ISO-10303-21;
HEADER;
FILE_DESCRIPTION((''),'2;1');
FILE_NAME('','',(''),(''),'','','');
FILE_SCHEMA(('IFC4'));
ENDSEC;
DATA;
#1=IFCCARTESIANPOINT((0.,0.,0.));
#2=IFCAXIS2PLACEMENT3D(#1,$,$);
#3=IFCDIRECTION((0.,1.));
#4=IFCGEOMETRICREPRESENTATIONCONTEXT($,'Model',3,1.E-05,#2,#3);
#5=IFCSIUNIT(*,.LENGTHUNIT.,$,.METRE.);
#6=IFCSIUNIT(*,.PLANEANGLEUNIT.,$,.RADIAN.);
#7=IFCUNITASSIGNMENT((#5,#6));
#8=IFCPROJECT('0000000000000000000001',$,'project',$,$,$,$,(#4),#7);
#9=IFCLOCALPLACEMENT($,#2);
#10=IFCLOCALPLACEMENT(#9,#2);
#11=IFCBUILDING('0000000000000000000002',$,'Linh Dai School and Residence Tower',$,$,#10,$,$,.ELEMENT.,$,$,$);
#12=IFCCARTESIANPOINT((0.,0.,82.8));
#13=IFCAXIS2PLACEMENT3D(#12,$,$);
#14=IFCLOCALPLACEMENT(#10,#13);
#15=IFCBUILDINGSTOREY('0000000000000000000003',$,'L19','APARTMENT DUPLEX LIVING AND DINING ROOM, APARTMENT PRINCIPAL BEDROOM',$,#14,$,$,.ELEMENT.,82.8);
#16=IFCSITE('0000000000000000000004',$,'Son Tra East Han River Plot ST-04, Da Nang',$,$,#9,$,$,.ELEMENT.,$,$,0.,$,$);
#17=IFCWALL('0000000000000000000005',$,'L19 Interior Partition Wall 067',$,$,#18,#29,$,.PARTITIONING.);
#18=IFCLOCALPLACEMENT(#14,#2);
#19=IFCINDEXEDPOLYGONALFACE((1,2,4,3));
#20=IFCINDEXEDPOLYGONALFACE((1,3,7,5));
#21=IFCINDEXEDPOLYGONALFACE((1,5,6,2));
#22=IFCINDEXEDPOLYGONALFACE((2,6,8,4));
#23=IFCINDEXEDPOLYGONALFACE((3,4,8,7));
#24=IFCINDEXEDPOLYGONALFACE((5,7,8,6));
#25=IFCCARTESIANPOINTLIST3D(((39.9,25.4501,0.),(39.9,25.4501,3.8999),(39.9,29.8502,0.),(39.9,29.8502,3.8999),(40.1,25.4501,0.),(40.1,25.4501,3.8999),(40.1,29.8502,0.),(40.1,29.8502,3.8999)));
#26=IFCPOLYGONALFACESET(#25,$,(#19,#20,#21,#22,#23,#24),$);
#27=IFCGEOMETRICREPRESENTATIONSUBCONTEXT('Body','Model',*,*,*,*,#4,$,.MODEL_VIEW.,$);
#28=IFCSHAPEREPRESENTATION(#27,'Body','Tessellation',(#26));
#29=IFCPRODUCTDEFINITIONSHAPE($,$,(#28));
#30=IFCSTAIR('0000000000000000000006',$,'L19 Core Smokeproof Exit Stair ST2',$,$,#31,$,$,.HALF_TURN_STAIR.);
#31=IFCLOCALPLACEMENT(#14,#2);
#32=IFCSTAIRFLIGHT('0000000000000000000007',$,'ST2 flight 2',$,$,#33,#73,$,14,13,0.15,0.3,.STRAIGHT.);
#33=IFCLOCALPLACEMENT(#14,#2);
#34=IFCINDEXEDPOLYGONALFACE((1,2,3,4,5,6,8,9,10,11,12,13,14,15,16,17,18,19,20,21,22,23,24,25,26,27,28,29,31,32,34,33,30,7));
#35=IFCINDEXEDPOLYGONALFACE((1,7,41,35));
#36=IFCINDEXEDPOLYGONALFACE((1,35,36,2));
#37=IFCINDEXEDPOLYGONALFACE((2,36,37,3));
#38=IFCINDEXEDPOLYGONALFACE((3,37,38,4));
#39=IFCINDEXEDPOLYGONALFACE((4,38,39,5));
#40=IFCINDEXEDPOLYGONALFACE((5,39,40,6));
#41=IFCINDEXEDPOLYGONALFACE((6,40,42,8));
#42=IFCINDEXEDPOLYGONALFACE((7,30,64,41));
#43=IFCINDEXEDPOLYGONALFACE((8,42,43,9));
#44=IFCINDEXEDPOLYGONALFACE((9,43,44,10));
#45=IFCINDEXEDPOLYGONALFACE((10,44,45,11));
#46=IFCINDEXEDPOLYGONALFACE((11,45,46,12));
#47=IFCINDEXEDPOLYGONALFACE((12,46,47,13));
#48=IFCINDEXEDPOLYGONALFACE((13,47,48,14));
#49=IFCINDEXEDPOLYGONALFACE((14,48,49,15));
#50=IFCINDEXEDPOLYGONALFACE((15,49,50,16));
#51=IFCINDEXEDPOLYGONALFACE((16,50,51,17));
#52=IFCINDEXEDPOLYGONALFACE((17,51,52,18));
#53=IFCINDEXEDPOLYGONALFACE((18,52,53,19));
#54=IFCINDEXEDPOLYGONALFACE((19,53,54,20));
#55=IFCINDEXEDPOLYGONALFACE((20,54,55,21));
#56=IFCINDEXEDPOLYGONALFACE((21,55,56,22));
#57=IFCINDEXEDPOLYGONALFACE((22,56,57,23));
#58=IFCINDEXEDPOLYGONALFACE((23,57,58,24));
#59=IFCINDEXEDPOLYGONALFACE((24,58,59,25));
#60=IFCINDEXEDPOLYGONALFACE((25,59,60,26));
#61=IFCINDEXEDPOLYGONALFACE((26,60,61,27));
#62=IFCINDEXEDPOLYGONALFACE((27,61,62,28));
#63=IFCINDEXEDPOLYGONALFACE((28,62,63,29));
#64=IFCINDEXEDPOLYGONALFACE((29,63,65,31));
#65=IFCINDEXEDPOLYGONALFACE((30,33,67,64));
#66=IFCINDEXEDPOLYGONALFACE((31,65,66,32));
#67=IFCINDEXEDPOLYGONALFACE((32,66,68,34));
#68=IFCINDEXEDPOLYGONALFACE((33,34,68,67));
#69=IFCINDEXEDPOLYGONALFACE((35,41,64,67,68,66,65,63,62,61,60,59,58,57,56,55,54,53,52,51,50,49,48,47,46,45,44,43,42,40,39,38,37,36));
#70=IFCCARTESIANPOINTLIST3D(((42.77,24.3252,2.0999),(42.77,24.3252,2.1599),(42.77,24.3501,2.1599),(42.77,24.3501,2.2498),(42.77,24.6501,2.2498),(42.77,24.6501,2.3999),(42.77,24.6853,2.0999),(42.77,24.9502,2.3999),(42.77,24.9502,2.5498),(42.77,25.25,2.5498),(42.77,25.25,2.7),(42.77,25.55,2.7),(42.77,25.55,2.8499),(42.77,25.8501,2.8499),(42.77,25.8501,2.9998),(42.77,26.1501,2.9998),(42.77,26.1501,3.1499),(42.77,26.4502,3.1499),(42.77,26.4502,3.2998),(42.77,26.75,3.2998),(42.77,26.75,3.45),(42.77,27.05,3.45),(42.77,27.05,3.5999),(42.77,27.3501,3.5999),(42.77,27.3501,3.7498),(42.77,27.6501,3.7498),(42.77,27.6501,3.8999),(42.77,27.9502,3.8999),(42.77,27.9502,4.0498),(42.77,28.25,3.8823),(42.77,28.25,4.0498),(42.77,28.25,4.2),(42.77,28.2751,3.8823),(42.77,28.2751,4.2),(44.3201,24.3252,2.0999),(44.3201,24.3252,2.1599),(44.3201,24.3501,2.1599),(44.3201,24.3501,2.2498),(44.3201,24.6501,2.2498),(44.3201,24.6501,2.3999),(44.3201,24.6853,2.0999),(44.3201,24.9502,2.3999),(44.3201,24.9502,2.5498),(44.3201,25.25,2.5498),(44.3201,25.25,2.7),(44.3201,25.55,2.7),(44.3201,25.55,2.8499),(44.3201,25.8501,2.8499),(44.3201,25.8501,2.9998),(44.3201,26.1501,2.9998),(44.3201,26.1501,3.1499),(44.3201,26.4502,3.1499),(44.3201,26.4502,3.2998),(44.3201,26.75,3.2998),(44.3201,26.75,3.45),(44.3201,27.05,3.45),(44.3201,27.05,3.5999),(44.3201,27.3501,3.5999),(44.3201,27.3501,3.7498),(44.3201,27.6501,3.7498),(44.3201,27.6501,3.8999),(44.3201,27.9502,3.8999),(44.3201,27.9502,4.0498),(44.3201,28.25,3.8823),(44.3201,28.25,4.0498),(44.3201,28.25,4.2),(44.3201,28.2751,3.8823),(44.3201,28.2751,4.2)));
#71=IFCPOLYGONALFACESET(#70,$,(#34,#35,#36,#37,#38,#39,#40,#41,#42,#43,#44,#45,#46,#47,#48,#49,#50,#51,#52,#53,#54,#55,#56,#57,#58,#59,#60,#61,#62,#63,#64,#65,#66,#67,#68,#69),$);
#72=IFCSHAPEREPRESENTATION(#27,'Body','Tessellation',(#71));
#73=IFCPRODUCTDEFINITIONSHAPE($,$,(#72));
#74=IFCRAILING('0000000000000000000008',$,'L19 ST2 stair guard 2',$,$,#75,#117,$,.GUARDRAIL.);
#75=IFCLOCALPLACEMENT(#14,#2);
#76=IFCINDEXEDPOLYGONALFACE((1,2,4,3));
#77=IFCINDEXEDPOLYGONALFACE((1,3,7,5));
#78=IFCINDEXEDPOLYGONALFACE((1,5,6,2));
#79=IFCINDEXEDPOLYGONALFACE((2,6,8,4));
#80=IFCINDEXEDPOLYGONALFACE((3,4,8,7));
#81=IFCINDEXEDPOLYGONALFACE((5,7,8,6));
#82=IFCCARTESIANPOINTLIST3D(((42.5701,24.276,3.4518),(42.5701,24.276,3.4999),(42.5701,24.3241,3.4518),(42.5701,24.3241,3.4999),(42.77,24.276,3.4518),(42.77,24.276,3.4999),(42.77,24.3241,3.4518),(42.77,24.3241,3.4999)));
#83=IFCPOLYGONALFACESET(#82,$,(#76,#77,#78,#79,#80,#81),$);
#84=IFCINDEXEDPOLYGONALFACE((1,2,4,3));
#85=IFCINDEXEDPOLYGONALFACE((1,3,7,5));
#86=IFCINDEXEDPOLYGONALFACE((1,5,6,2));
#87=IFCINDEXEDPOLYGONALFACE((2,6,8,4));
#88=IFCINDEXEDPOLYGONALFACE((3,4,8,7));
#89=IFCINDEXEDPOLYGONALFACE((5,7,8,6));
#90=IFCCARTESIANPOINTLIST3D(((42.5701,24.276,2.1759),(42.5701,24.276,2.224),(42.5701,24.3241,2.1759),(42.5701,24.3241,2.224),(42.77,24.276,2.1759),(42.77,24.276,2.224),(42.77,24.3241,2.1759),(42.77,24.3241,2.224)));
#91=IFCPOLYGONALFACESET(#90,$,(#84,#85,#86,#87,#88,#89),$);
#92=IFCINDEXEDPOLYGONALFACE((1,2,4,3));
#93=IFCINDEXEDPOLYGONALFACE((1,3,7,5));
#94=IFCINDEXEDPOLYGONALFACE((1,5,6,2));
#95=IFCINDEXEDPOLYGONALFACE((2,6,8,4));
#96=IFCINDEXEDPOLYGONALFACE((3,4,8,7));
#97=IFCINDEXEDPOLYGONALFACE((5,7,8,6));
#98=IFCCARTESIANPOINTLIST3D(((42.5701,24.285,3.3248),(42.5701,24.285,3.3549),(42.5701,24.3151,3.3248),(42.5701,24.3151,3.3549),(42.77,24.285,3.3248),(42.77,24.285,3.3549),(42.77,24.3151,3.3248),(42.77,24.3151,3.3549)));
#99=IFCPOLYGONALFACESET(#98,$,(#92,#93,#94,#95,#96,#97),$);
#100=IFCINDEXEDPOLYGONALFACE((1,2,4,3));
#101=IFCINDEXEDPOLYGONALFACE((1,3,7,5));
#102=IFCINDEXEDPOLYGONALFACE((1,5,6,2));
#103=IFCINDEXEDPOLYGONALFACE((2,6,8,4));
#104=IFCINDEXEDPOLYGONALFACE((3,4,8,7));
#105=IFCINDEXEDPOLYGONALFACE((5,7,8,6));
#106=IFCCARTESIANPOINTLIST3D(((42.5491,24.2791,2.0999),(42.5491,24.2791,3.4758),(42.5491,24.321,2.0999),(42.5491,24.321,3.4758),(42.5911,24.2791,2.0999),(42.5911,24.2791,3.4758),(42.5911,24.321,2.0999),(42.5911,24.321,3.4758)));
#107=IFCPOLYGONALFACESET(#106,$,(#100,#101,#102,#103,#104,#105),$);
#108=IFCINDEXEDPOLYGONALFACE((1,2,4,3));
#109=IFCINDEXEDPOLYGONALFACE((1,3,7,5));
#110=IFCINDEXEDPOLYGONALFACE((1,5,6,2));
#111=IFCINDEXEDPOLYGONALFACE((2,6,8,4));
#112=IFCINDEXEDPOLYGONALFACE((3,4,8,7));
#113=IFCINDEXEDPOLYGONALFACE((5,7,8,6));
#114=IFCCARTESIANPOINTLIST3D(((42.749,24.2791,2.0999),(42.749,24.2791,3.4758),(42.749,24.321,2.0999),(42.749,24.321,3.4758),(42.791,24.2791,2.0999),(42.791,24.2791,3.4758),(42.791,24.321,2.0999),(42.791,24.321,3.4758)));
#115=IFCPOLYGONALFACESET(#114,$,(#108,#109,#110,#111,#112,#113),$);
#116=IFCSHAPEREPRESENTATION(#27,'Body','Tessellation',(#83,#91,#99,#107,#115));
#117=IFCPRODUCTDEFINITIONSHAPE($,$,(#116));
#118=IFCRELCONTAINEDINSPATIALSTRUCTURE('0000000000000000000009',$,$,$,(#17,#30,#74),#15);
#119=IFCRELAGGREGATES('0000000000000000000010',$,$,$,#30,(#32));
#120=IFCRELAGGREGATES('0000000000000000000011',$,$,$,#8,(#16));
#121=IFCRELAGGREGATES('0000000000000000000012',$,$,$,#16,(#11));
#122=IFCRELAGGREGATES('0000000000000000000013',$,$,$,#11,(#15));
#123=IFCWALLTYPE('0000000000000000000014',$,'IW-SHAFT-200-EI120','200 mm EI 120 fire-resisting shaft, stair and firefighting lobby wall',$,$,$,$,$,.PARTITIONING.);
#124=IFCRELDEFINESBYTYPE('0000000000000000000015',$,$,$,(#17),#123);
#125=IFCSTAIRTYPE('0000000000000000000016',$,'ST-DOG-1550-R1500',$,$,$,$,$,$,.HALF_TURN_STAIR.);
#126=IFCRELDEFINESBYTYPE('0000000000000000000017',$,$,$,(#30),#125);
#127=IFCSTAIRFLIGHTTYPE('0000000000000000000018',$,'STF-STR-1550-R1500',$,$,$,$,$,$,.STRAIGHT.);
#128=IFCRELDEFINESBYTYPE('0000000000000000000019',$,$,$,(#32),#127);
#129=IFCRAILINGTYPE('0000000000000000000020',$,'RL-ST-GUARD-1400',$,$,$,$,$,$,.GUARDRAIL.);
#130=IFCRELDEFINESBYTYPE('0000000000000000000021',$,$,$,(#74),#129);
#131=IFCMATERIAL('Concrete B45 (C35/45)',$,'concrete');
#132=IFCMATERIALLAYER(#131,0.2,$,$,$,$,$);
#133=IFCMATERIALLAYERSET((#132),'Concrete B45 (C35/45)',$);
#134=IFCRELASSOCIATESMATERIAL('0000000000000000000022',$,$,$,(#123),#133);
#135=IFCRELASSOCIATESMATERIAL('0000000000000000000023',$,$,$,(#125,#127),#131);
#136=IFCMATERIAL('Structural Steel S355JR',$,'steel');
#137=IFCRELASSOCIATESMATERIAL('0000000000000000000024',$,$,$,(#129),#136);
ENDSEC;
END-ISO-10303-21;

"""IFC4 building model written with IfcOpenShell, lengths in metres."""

from ifc_helpers import new_model, si_unit, direction, frame, frame_2d, origin, origin_2d, place, context, subcontext, project, spatial, polyline, rectangle, outline, extrude, source, transform, mapped, material, layer, layer_set, type_object, element, aggregate, save


model = new_model("IFC4")

# Units and contexts
model_context = context("Model", 3, precision=1e-05, world=origin(), true_north=direction((0.0, 1.0)))
body_context = subcontext(model_context, "Body", "Model", "MODEL_VIEW")
ifc_project = project(units=[si_unit("LENGTHUNIT", "METRE"), si_unit("PLANEANGLEUNIT", "RADIAN")], contexts=[model_context])

# Site, building, storey
site_placement = place(None, origin())
site = spatial("IfcSite", under=ifc_project, at=site_placement, Name="Son Tra East Han River Plot ST-04, Da Nang", CompositionType="ELEMENT", RefElevation=0.0)
building_placement = place(site_placement, origin())
building = spatial("IfcBuilding", under=site, at=building_placement, Name="Linh Dai School and Residence Tower", CompositionType="ELEMENT")
storey_placement = place(building_placement, frame((0.0, 0.0, 82.8)))
storey = spatial("IfcBuildingStorey", under=building, at=storey_placement, Name="L19", Description="APARTMENT DUPLEX LIVING AND DINING ROOM, APARTMENT PRINCIPAL BEDROOM", CompositionType="ELEMENT", Elevation=82.8)

# Shared definitions
ifc_material_1 = material(Name="Structural Steel S355JR", Category="steel")

# Wall
ifc_material_2 = material(Name="Concrete B45 (C35/45)", Category="concrete")
ifc_layer_1 = layer(ifc_material_2, 0.2)
ifc_layer_set_1 = layer_set([ifc_layer_1], Name="Concrete B45 (C35/45)")
wall_type_1 = type_object("IfcWallType", Name="IW-SHAFT-200-EI120", Description="200 mm EI 120 fire-resisting shaft, stair and firefighting lobby wall", PredefinedType="PARTITIONING", material=ifc_layer_set_1)
wall_1_placement = place(storey_placement, frame((40.0, 25.45, 0.0), z_axis=(0.0, 0.0, 1.0), x_axis=(0.0, 1.0, 0.0)))
element("IfcWall", 1, at=wall_1_placement, inside=storey, type_object=wall_type_1, Name="L19 Interior Partition Wall 067", PredefinedType="PARTITIONING", context=body_context, shape_type="SweptSolid", body=[
    extrude(rectangle(XDim=4.4001, YDim=0.2, at=frame_2d((2.2002, 0.0))), origin(), (0.0, 0.0, 1.0), 3.8999),
])

# Stair, stair flight
stair_type = type_object("IfcStairType", Name="ST-DOG-1550-R1500", PredefinedType="HALF_TURN_STAIR", material=ifc_material_2)
stair_placement = place(storey_placement, origin())
stair = element("IfcStair", 2, at=stair_placement, inside=storey, type_object=stair_type, Name="L19 Core Smokeproof Exit Stair ST2", PredefinedType="HALF_TURN_STAIR")
stair_flight_type = type_object("IfcStairFlightType", Name="STF-STR-1550-R1500", PredefinedType="STRAIGHT", material=ifc_material_2)
shared_shape_1 = source(origin(), body_context, "Body", "SweptSolid", [
    extrude(outline(polyline([(-0.0249, 0.0), (-0.0249, 0.0601), (0.0, 0.0601), (0.0, 0.1499), (0.3, 0.1499), (0.3, 0.3), (0.6001, 0.3), (0.6001, 0.45), (0.8999, 0.45), (0.8999, 0.6001), (1.2, 0.6001), (1.2, 0.75), (1.5, 0.75), (1.5, 0.8999), (1.8, 0.8999), (1.8, 1.05), (2.1001, 1.05), (2.1001, 1.2), (2.3999, 1.2), (2.3999, 1.3501), (2.7, 1.3501), (2.7, 1.5), (3.0, 1.5), (3.0, 1.6499), (3.3, 1.6499), (3.3, 1.8), (3.6001, 1.8), (3.6001, 1.95), (3.8999, 1.95), (3.8999, 2.1001), (3.925, 2.1001), (3.925, 1.7825), (3.8999, 1.7825), (0.3352, 0.0), (-0.0249, 0.0)])), frame((0.0, 0.7749, 0.0), z_axis=(0.0, -1.0, 0.0), x_axis=(1.0, 0.0, 0.0)), (0.0, 0.0, 1.0), 1.55),
])
stair_flight_placement = place(storey_placement, frame((43.5449, 24.3501, 2.0999), z_axis=(0.0, 0.0, 1.0), x_axis=(0.0, 1.0, 0.0)))
stair_flight = element("IfcStairFlight", 3, at=stair_flight_placement, type_object=stair_flight_type, Name="ST2 flight 2", NumberOfRisers=14, NumberOfTreads=13, PredefinedType="STRAIGHT", RiserHeight=0.15, TreadLength=0.3, context=body_context, shape_type="MappedRepresentation", body=[
    mapped(shared_shape_1, transform((0.0, 0.0, 0.0), x_axis=(1.0, 0.0, 0.0), y_axis=(0.0, 1.0, 0.0), z_axis=(0.0, 0.0, 1.0), scale=1.0)),
])
aggregate(stair, [stair_flight])

# Railing
railing_type = type_object("IfcRailingType", Name="RL-ST-GUARD-1400", PredefinedType="GUARDRAIL", material=ifc_material_1)
shared_shape_2 = source(origin(), body_context, "Body", "SweptSolid", [
    extrude(rectangle(XDim=0.0481, YDim=0.0481, at=origin_2d()), frame((0.0, 0.0, 1.376), z_axis=(1.0, 0.0, 0.0), x_axis=(0.0, 1.0, 0.0)), (0.0, 0.0, 1.0), 0.2),
    extrude(rectangle(XDim=0.0481, YDim=0.0481, at=origin_2d()), frame((0.0, 0.0, 0.1001), z_axis=(1.0, 0.0, 0.0), x_axis=(0.0, 1.0, 0.0)), (0.0, 0.0, 1.0), 0.2),
    extrude(rectangle(XDim=0.03, YDim=0.03, at=origin_2d()), frame((0.0, 0.0, 1.24), z_axis=(1.0, 0.0, 0.0), x_axis=(0.0, 1.0, 0.0)), (0.0, 0.0, 1.0), 0.2),
    extrude(rectangle(XDim=0.042, YDim=0.042, at=origin_2d()), origin(), (0.0, 0.0, 1.0), 1.376),
    extrude(rectangle(XDim=0.042, YDim=0.042, at=origin_2d()), frame((0.2, 0.0, 0.0)), (0.0, 0.0, 1.0), 1.376),
])
railing_1_placement = place(storey_placement, frame((42.5701, 24.3, 2.0999)))
element("IfcRailing", 4, at=railing_1_placement, inside=storey, type_object=railing_type, Name="L19 ST2 stair guard 2", PredefinedType="GUARDRAIL", context=body_context, shape_type="MappedRepresentation", body=[
    mapped(shared_shape_2, transform((0.0, 0.0, 0.0), x_axis=(1.0, 0.0, 0.0), y_axis=(0.0, 1.0, 0.0), z_axis=(0.0, 0.0, 1.0), scale=1.0)),
])

save(model, "model.ifc")
